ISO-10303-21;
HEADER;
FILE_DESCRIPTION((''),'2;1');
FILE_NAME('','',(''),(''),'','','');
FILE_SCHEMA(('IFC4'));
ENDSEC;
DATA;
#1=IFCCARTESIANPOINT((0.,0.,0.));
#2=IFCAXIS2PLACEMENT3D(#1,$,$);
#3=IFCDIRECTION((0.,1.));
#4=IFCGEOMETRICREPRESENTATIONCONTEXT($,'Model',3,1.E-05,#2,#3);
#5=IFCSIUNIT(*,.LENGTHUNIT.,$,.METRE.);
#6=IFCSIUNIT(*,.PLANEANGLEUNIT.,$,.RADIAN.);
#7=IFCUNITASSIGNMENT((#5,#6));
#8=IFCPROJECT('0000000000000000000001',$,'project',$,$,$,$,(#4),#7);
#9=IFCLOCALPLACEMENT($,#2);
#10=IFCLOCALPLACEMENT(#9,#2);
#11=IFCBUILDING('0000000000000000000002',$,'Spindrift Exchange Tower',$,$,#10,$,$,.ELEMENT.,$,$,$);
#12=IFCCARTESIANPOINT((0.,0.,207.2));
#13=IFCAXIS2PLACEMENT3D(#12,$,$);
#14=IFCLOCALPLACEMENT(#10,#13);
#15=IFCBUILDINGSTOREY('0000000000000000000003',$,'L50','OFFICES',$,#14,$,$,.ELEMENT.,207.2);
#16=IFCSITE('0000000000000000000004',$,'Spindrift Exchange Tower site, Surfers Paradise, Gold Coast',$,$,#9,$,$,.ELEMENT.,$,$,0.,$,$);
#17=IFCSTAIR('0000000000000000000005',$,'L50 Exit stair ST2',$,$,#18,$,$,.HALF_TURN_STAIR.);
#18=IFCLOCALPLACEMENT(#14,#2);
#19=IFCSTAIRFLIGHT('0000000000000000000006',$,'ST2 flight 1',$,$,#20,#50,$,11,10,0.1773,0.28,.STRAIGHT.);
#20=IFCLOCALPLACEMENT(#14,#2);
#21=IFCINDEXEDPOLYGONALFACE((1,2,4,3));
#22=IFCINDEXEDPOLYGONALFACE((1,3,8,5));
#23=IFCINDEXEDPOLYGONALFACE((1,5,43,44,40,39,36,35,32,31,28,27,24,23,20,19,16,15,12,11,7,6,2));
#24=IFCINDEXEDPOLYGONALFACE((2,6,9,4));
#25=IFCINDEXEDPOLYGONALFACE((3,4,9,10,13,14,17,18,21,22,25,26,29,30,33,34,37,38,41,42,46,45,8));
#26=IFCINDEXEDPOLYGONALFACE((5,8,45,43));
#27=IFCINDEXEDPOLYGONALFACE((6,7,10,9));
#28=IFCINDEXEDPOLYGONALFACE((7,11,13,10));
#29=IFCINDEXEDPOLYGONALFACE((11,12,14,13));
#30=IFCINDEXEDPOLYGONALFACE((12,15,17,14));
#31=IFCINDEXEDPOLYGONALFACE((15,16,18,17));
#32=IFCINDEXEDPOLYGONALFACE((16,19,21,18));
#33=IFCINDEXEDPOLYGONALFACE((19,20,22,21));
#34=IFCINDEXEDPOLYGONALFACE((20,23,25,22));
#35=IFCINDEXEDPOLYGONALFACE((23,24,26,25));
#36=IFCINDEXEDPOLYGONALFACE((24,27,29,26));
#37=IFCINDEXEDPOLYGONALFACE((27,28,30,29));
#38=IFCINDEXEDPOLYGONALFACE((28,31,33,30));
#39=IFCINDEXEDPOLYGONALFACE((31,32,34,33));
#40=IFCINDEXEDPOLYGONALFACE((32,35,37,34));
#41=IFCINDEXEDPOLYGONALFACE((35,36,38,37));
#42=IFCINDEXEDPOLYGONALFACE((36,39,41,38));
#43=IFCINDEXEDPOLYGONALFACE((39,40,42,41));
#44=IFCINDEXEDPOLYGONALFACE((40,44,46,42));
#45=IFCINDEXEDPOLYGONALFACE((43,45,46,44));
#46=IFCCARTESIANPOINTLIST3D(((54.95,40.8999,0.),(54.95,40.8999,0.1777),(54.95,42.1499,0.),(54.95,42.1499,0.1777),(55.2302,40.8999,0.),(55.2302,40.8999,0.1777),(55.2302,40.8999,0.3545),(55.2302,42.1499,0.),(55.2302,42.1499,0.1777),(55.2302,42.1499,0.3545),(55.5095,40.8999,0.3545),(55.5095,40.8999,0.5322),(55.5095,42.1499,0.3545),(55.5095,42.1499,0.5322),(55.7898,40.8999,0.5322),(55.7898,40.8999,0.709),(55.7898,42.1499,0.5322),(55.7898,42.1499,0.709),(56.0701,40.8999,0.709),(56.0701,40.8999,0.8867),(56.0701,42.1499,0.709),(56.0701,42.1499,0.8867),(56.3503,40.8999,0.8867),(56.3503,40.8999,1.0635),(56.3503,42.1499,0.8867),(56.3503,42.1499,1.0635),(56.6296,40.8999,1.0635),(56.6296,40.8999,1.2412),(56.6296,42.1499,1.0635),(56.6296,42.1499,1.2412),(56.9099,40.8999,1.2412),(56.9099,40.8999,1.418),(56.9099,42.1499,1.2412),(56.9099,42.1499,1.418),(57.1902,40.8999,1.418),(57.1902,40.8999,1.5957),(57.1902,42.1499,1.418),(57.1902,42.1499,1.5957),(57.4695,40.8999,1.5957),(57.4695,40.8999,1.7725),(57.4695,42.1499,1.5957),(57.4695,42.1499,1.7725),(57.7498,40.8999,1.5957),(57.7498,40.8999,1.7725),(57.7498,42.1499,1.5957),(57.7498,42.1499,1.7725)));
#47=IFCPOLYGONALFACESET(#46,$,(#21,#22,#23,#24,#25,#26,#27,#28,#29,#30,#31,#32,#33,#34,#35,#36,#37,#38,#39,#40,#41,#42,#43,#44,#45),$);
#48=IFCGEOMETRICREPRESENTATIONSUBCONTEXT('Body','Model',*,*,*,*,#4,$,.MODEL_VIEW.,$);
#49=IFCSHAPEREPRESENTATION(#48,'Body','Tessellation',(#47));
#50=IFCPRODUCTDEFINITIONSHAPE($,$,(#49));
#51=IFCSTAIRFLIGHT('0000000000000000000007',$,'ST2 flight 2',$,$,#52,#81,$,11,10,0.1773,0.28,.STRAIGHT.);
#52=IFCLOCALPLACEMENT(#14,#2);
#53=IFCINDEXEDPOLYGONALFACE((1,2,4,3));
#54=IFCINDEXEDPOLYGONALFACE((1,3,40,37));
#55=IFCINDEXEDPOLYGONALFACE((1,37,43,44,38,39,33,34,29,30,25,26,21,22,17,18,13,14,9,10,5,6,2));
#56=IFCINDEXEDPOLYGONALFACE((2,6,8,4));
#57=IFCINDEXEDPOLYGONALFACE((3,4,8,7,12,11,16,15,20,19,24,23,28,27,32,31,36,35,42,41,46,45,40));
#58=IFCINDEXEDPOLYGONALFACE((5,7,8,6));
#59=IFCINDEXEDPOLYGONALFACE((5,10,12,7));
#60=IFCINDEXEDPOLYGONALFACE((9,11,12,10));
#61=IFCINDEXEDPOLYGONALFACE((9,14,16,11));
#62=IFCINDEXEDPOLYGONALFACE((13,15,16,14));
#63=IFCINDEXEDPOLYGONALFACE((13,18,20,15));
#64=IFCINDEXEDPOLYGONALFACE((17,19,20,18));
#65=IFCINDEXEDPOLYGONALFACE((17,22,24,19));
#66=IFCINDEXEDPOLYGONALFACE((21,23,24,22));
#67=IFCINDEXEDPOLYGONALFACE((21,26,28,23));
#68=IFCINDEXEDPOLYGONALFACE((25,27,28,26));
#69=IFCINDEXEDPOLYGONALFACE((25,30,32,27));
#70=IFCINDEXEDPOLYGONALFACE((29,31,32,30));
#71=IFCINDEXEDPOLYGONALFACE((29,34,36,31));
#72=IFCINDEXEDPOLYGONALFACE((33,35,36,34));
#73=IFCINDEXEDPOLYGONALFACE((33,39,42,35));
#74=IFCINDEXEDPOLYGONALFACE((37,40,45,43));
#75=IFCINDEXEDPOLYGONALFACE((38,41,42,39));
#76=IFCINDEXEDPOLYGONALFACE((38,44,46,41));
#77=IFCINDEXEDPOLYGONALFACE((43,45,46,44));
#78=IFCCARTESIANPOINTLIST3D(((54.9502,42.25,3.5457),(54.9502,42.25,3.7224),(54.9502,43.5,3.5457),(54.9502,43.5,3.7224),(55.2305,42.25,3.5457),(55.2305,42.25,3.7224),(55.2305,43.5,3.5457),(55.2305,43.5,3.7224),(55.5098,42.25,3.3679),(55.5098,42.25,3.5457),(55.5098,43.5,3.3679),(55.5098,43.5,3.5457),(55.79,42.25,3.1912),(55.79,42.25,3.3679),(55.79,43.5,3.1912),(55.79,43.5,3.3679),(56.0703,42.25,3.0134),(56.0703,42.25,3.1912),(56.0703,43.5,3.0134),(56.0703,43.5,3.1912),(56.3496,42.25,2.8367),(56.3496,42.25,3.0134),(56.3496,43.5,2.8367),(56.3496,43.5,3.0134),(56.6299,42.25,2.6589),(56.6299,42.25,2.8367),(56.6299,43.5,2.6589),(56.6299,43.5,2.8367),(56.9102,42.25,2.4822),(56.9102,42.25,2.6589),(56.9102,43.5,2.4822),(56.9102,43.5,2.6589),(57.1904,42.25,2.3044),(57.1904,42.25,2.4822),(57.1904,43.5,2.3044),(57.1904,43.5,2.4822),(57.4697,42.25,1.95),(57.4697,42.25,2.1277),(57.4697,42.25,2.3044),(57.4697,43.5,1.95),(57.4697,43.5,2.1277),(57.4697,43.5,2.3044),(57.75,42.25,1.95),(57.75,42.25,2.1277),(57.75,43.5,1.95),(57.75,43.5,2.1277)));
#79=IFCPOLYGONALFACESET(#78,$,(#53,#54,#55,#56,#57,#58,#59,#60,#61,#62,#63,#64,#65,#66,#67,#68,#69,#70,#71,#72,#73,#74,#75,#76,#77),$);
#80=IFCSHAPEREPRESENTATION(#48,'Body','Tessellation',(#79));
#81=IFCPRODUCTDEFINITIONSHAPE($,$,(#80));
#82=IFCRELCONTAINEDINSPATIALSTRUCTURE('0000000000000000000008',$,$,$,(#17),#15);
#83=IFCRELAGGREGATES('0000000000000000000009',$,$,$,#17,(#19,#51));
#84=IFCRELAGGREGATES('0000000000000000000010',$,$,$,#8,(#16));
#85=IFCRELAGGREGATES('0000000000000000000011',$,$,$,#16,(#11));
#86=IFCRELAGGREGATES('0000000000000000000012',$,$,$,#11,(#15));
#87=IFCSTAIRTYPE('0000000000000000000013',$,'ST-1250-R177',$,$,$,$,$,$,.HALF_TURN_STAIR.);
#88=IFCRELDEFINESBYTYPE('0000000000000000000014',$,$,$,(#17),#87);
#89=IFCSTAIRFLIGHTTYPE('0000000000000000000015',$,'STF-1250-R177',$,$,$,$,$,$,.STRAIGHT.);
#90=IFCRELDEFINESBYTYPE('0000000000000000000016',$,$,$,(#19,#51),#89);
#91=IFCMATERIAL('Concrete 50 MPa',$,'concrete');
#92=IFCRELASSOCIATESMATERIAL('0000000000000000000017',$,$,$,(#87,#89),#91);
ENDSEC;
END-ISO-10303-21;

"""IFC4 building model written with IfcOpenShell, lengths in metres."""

from ifc_helpers import new_model, si_unit, direction, frame, origin, place, context, subcontext, project, spatial, line, indexed_curve, outline, extrude, material, type_object, element, aggregate, save


model = new_model("IFC4")

# Units and contexts
model_context = context("Model", 3, precision=1e-05, world=origin(), true_north=direction((0.0, 1.0)))
body_context = subcontext(model_context, "Body", "Model", "MODEL_VIEW")
ifc_project = project(units=[si_unit("LENGTHUNIT", "METRE"), si_unit("PLANEANGLEUNIT", "RADIAN")], contexts=[model_context])

# Site, building, storey
site_placement = place(None, origin())
site = spatial("IfcSite", under=ifc_project, at=site_placement, Name="Spindrift Exchange Tower site, Surfers Paradise, Gold Coast", CompositionType="ELEMENT", RefElevation=0.0)
building_placement = place(site_placement, origin())
building = spatial("IfcBuilding", under=site, at=building_placement, Name="Spindrift Exchange Tower", CompositionType="ELEMENT")
storey_placement = place(building_placement, frame((0.0, 0.0, 207.2)))
storey = spatial("IfcBuildingStorey", under=building, at=storey_placement, Name="L50", Description="OFFICES", CompositionType="ELEMENT", Elevation=207.2)

# Stair, stair flights
ifc_material_1 = material(Name="Concrete 50 MPa", Category="concrete")
stair_type = type_object("IfcStairType", Name="ST-1250-R177", PredefinedType="HALF_TURN_STAIR", material=ifc_material_1)
stair_placement = place(storey_placement, origin())
stair = element("IfcStair", 1, at=stair_placement, inside=storey, type_object=stair_type, Name="L50 Exit stair ST2", PredefinedType="HALF_TURN_STAIR")
stair_flight_type = type_object("IfcStairFlightType", Name="STF-1250-R177", PredefinedType="STRAIGHT", material=ifc_material_1)
stair_flight_1_placement = place(storey_placement, frame((54.95, 41.5249, 0.0), z_axis=(0.0, 0.0, 1.0), x_axis=(1.0, 0.0, 0.0)))
stair_flight_1 = element("IfcStairFlight", 2, at=stair_flight_1_placement, type_object=stair_flight_type, Name="ST2 flight 1", NumberOfRisers=11, NumberOfTreads=10, PredefinedType="STRAIGHT", RiserHeight=0.1773, TreadLength=0.28, context=body_context, shape_type="SweptSolid", body=[
    extrude(outline(indexed_curve([(0.0, 0.0), (0.0, 0.1777), (0.2803, 0.1777), (0.2803, 0.3545), (0.5596, 0.3545), (0.5596, 0.5322), (0.8398, 0.5322), (0.8398, 0.709), (1.1201, 0.709), (1.1201, 0.8867), (1.4004, 0.8867), (1.4004, 1.0635), (1.6797, 1.0635), (1.6797, 1.2412), (1.96, 1.2412), (1.96, 1.418), (2.2402, 1.418), (2.2402, 1.5957), (2.5195, 1.5957), (2.5195, 1.7725), (2.7998, 1.7725), (2.7998, 1.9502), (2.7998, 1.5957), (0.2803, 0.0)], segments=[line(1, 2, 3, 4, 5, 6, 7, 8, 9, 10, 11, 12, 13, 14, 15, 16, 17, 18, 19, 20, 21, 22, 23, 24, 1)], self_intersect=False)), frame((0.0, 0.625, 0.0), z_axis=(0.0, -1.0, 0.0), x_axis=(1.0, 0.0, 0.0)), (0.0, 0.0, 1.0), 1.25),
])
stair_flight_2_placement = place(storey_placement, frame((57.75, 42.875, 1.95), z_axis=(0.0, 0.0, 1.0), x_axis=(-1.0, 0.0, 0.0)))
stair_flight_2 = element("IfcStairFlight", 3, at=stair_flight_2_placement, type_object=stair_flight_type, Name="ST2 flight 2", NumberOfRisers=11, NumberOfTreads=10, PredefinedType="STRAIGHT", RiserHeight=0.1773, TreadLength=0.28, context=body_context, shape_type="SweptSolid", body=[
    extrude(outline(indexed_curve([(0.0, 0.0), (0.0, 0.1777), (0.2803, 0.1777), (0.2803, 0.3545), (0.5596, 0.3545), (0.5596, 0.5322), (0.8398, 0.5322), (0.8398, 0.709), (1.1201, 0.709), (1.1201, 0.8867), (1.4004, 0.8867), (1.4004, 1.0635), (1.6797, 1.0635), (1.6797, 1.2412), (1.96, 1.2412), (1.96, 1.418), (2.2402, 1.418), (2.2402, 1.5957), (2.5195, 1.5957), (2.5195, 1.7725), (2.7998, 1.7725), (2.7998, 1.9502), (2.7998, 1.5957), (0.2803, 0.0)], segments=[line(1, 2, 3, 4, 5, 6, 7, 8, 9, 10, 11, 12, 13, 14, 15, 16, 17, 18, 19, 20, 21, 22, 23, 24, 1)], self_intersect=False)), frame((0.0, 0.625, 0.0), z_axis=(0.0, -1.0, 0.0), x_axis=(1.0, 0.0, 0.0)), (0.0, 0.0, 1.0), 1.25),
])
aggregate(stair, [stair_flight_1, stair_flight_2])

save(model, "model.ifc")
